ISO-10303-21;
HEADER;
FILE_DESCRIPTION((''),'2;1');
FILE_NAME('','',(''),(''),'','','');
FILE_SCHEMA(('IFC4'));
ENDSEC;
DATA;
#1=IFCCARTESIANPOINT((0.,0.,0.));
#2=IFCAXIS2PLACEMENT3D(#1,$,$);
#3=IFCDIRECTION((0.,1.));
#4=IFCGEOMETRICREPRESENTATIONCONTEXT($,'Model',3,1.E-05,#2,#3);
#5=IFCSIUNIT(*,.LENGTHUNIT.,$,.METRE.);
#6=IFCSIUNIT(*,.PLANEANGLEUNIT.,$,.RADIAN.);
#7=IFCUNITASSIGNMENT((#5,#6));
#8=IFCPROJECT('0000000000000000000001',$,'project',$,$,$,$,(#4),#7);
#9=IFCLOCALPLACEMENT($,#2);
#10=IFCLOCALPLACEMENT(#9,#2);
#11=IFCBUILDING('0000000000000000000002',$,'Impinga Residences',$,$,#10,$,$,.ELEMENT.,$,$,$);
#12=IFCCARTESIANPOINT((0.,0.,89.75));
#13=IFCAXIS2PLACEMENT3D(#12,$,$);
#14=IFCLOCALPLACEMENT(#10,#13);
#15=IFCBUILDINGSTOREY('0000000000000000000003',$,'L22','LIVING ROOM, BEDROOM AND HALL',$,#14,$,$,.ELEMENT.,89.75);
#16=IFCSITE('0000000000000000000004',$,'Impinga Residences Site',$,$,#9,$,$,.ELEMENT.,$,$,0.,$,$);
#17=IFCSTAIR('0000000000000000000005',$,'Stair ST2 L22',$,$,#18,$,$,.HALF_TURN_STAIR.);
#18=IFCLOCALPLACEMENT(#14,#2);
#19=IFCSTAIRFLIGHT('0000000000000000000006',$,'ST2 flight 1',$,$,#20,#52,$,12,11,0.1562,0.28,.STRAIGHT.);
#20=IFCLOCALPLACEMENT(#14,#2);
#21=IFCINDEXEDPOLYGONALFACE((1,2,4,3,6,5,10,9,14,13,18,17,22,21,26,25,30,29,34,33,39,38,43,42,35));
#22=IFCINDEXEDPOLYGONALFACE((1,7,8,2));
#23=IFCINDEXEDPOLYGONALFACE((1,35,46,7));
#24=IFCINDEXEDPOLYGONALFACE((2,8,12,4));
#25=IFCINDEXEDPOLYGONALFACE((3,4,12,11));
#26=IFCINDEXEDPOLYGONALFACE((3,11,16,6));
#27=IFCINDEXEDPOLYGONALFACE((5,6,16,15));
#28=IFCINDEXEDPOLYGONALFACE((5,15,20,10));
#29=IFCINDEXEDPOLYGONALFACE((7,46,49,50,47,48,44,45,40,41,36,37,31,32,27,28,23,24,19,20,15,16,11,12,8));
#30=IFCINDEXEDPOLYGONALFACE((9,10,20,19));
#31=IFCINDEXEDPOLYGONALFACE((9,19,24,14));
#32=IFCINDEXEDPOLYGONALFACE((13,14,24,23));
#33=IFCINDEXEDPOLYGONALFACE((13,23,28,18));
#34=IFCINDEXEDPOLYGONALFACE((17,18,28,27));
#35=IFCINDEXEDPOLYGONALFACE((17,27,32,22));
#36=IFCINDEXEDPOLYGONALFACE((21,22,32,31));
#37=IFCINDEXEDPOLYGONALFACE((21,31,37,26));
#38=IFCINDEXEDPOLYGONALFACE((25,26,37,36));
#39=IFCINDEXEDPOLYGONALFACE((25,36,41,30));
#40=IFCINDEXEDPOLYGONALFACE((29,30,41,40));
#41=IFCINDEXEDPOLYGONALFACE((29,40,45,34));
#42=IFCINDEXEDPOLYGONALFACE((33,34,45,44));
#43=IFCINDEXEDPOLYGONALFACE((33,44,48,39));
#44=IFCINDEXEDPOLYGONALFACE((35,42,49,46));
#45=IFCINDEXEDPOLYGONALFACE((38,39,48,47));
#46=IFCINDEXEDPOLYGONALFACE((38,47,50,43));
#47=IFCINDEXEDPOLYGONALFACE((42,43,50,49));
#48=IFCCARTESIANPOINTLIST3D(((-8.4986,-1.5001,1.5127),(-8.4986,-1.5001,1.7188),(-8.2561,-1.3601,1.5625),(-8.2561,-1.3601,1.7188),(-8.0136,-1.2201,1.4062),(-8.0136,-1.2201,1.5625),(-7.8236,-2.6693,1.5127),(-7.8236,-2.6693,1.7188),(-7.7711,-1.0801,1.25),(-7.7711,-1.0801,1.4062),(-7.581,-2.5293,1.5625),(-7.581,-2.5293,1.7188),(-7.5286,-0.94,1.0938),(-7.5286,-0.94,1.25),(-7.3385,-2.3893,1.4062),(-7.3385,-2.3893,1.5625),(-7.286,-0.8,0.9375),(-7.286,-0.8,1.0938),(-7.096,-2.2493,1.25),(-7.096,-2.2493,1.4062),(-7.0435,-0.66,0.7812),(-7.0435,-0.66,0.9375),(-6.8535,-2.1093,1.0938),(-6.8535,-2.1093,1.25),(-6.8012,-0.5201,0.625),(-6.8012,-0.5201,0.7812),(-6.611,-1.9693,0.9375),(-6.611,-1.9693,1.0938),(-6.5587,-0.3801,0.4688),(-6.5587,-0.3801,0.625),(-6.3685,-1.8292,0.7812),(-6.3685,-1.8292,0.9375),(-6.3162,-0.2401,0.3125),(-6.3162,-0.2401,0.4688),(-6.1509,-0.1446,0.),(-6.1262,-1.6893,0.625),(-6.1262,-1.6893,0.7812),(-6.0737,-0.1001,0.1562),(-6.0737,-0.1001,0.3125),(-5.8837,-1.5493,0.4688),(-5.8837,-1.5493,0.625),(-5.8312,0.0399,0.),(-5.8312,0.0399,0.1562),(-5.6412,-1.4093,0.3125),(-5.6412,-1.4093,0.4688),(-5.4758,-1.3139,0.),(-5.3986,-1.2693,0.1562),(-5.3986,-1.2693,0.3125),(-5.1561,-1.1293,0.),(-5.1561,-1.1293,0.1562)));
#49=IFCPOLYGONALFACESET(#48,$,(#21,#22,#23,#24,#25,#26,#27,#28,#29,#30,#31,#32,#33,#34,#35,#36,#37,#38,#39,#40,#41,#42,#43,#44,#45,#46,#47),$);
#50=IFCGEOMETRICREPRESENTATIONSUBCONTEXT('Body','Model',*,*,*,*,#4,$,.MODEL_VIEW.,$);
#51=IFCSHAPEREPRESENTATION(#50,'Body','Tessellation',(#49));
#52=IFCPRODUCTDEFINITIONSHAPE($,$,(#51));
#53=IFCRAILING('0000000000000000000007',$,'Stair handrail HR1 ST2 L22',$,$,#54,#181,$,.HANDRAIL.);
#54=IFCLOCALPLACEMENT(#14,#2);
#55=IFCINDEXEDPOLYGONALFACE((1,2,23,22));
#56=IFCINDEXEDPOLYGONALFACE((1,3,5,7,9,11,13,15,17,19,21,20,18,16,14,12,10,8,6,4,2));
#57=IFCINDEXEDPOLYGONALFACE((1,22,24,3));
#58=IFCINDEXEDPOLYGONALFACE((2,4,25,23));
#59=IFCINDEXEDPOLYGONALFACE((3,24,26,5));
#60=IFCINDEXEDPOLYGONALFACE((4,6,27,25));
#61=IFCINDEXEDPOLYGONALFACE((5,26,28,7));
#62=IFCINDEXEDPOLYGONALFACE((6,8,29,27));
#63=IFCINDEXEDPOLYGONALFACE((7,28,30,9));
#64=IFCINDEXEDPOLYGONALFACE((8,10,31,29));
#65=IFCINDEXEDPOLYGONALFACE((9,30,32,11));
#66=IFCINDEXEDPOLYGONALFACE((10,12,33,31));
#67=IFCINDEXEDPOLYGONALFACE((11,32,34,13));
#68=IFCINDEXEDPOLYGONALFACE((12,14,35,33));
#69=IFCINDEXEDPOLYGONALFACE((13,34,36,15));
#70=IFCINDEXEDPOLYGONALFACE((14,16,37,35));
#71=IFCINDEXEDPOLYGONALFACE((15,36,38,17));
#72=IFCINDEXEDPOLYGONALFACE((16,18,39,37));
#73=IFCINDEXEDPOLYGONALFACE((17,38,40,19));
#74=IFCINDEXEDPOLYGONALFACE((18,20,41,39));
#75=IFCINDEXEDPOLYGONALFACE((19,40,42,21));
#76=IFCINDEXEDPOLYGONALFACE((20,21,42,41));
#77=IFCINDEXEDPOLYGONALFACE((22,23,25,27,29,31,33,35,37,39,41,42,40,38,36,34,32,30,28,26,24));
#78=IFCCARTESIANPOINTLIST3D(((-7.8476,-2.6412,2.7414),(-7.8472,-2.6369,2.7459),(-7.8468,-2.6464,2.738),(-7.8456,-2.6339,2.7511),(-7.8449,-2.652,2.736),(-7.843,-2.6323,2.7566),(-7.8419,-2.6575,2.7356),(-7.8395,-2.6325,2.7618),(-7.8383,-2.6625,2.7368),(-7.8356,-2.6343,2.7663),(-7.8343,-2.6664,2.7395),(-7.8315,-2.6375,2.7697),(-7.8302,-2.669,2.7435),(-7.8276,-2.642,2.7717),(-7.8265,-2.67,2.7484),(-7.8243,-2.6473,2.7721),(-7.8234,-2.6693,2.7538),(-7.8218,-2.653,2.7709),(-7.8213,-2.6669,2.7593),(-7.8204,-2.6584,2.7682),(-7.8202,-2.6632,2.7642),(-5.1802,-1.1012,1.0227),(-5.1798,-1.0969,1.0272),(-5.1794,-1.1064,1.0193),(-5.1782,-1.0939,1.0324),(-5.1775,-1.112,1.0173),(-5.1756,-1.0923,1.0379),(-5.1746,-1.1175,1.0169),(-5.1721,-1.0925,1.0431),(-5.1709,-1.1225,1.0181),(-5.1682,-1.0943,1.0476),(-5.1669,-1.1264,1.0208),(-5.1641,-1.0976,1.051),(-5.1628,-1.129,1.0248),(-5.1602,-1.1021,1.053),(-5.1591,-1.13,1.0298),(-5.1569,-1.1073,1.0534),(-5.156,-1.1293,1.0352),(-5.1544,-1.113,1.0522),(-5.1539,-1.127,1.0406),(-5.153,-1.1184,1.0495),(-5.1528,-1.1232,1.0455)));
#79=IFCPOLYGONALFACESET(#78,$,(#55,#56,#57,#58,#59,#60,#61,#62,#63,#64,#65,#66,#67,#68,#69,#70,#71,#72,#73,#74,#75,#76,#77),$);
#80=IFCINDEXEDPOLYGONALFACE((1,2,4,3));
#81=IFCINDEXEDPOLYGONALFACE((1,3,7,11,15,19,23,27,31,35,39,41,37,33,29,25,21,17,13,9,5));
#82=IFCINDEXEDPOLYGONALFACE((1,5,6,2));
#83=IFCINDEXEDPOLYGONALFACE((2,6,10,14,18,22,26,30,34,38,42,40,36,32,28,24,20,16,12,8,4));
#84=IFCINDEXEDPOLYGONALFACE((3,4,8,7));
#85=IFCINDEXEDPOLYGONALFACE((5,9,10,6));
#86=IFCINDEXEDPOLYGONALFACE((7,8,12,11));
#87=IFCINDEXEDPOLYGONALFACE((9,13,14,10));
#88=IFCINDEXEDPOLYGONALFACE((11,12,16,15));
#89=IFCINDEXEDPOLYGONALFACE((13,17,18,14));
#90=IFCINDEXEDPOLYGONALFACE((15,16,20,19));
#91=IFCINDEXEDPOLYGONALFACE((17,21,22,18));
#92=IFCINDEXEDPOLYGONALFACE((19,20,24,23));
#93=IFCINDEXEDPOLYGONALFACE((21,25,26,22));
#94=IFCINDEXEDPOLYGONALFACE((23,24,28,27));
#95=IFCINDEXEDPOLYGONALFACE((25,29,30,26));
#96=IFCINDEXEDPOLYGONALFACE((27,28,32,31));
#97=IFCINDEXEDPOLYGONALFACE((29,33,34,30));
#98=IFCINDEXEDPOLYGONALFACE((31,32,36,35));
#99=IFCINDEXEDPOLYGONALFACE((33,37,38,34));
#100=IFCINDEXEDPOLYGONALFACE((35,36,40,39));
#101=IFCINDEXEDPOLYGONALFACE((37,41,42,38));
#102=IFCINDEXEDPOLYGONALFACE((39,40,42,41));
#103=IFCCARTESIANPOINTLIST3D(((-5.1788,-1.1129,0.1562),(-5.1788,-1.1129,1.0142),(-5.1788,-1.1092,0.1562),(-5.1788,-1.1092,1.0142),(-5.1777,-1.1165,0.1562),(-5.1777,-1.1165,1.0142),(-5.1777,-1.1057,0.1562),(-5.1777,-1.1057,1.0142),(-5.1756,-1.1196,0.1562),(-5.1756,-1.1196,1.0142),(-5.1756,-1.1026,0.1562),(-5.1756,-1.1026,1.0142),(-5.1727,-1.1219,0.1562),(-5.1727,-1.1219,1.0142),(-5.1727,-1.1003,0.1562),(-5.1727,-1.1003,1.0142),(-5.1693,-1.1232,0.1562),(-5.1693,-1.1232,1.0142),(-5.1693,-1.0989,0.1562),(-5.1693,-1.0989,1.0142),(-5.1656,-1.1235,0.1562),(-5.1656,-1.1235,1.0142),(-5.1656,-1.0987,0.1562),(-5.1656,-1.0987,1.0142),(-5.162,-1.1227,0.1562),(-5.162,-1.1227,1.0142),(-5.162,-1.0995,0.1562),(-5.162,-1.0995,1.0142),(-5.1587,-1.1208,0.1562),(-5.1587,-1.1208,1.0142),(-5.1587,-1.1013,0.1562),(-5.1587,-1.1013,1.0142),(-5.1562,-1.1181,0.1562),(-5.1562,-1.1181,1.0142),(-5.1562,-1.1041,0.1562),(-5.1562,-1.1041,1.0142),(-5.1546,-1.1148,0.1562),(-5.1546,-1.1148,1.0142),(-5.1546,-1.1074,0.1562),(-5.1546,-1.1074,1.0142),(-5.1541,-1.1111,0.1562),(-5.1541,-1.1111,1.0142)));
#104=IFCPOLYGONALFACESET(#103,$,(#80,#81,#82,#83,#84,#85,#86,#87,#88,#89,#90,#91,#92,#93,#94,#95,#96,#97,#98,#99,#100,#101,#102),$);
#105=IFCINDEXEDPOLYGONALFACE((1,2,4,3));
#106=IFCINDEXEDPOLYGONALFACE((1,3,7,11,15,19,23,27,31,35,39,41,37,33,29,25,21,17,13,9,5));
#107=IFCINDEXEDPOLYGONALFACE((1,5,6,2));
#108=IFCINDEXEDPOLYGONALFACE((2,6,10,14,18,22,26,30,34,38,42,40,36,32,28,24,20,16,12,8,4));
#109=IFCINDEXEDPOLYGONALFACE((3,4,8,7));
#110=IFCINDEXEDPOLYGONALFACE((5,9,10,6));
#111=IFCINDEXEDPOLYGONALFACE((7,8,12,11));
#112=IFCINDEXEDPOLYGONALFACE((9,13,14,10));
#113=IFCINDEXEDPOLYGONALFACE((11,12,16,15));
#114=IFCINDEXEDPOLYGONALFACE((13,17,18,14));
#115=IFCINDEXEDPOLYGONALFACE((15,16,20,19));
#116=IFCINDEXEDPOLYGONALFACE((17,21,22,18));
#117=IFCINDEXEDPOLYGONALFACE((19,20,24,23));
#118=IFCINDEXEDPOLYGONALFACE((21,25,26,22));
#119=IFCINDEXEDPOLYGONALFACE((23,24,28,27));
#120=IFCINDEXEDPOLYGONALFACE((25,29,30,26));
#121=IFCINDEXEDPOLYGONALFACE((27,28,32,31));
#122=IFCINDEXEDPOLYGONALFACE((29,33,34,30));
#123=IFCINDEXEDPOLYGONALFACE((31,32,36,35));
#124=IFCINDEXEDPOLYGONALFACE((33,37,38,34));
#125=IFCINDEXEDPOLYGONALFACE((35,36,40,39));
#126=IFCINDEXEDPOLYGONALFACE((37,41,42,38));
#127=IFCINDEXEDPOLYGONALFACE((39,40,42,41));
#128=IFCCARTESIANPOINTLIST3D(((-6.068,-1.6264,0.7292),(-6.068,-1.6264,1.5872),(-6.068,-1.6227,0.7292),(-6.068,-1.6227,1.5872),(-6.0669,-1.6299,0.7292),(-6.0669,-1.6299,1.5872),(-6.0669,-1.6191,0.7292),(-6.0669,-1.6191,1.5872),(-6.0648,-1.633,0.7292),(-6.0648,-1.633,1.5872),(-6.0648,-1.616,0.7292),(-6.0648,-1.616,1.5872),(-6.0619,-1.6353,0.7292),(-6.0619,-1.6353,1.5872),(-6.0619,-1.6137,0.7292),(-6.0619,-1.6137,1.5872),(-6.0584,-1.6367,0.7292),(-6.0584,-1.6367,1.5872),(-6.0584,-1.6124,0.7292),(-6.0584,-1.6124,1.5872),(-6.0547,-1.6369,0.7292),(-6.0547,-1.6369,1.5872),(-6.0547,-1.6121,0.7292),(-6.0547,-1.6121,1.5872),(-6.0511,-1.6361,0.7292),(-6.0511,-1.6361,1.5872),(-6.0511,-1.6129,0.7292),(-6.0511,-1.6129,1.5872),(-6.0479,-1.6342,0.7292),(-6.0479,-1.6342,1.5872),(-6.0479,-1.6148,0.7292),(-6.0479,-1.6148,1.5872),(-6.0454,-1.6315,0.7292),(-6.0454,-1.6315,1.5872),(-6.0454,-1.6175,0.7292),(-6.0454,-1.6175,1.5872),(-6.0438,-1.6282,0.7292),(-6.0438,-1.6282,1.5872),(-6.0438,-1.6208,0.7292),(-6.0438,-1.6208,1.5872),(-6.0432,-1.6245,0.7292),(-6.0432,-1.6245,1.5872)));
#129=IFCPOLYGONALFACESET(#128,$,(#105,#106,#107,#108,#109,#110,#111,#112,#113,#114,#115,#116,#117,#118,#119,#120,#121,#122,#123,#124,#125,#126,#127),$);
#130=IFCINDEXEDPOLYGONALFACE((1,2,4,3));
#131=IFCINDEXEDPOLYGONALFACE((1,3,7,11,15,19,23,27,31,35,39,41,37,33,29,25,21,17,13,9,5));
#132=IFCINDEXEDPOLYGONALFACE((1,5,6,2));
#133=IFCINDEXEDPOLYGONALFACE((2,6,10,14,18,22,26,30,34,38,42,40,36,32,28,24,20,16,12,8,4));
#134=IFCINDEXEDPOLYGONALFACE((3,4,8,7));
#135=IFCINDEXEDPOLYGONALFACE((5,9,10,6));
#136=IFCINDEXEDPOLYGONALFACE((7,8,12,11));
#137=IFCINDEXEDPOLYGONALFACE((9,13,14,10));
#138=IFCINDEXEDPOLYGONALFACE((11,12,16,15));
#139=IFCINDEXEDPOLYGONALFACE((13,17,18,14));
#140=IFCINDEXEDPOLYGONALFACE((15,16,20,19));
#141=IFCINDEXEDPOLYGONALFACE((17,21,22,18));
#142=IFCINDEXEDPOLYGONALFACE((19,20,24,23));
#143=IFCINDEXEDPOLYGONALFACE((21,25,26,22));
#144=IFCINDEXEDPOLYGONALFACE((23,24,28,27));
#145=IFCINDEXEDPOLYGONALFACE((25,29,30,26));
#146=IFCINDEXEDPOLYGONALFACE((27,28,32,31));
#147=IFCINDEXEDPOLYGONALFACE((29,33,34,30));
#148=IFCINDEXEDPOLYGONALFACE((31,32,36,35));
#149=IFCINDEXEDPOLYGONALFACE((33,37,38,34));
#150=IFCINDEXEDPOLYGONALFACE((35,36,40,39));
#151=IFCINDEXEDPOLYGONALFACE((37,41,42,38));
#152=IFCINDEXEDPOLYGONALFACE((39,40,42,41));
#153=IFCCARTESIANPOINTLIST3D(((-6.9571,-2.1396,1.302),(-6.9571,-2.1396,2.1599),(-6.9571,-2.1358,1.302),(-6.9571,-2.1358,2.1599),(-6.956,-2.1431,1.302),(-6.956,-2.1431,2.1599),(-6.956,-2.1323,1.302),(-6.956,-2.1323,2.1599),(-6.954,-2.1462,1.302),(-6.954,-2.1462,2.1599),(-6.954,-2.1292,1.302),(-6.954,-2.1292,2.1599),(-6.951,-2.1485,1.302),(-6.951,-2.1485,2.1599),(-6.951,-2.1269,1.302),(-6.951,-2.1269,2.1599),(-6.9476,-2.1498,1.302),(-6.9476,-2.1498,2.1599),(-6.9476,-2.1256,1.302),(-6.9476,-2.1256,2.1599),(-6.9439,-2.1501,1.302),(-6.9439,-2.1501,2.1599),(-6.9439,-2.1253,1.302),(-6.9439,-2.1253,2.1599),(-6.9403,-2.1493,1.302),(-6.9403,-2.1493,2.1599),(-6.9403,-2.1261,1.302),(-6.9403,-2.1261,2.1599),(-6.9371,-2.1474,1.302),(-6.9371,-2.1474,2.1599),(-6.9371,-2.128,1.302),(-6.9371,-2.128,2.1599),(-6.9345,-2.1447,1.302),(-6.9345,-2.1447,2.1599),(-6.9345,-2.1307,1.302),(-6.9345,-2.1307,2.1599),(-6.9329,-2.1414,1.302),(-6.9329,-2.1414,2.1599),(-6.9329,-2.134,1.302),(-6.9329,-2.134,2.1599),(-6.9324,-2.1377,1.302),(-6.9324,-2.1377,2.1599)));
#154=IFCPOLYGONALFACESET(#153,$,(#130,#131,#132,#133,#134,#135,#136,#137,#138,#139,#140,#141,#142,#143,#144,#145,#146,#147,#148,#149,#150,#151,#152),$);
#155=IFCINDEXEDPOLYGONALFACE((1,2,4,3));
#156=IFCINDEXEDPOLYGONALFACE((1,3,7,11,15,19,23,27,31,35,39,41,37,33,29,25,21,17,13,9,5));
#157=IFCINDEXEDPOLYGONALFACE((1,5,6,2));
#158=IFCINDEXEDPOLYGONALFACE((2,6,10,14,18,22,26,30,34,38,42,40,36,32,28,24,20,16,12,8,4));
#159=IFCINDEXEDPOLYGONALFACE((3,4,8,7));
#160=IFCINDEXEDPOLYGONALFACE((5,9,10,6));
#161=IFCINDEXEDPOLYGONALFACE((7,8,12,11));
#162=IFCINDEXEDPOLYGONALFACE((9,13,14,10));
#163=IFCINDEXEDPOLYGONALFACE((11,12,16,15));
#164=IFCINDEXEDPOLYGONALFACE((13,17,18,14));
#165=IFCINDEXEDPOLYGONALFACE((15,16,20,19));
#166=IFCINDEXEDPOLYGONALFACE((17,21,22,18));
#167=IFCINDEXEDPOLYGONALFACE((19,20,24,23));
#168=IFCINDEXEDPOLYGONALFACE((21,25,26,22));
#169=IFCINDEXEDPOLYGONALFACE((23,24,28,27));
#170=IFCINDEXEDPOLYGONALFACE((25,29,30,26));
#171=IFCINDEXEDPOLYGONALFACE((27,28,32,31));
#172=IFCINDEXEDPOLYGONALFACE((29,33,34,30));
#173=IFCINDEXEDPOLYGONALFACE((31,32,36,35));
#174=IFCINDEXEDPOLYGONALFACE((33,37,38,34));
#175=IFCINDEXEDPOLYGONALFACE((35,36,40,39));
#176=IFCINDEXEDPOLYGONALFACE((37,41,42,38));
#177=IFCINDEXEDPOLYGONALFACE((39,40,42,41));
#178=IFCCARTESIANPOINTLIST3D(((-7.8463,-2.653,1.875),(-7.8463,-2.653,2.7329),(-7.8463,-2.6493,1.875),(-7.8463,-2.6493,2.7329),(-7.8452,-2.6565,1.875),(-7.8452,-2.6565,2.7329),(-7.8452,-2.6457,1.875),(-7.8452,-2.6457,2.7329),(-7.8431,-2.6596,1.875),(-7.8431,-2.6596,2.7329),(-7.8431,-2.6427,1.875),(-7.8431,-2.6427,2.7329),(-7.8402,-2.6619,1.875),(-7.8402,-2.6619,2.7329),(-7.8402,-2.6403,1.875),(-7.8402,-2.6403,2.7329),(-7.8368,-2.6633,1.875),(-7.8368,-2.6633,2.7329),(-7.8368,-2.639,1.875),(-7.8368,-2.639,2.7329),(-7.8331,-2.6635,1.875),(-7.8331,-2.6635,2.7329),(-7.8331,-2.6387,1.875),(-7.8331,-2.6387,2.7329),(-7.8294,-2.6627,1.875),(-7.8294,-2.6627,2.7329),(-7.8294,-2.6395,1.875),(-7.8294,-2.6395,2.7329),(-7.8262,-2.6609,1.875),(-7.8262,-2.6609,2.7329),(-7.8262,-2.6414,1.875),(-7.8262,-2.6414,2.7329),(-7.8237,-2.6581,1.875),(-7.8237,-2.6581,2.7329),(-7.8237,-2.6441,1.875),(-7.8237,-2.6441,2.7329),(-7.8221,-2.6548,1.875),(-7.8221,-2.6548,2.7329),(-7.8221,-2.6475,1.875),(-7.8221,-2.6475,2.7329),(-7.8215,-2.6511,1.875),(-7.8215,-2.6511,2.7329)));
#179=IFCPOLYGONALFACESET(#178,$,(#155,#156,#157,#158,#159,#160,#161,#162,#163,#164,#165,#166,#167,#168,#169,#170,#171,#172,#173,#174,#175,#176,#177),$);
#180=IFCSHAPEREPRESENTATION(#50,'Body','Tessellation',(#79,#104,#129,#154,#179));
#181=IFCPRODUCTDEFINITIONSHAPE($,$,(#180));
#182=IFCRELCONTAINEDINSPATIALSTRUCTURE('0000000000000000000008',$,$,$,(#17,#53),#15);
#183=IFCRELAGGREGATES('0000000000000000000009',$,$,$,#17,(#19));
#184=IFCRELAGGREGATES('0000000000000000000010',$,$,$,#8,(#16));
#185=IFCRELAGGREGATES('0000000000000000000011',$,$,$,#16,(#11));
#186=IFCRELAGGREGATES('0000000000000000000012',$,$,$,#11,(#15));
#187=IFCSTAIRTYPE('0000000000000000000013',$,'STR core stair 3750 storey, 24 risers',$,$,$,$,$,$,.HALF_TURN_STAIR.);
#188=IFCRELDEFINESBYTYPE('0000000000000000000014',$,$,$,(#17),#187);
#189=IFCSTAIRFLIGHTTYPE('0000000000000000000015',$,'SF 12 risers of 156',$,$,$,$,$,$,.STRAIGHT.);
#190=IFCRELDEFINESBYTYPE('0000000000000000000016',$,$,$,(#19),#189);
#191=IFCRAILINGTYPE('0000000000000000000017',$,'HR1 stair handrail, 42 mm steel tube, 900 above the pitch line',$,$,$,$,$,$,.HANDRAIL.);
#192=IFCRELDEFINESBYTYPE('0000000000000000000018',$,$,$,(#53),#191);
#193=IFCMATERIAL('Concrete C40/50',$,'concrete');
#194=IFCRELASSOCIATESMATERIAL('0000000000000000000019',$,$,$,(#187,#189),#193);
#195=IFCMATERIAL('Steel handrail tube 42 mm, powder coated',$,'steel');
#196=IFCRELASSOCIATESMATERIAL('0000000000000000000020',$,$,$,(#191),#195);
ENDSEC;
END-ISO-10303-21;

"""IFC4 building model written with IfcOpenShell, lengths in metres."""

from ifc_helpers import new_model, si_unit, direction, frame, origin, origin_2d, place, context, subcontext, project, spatial, polyline, circle, outline, extrude, material, type_object, element, aggregate, save


model = new_model("IFC4")

# Units and contexts
model_context = context("Model", 3, precision=1e-05, world=origin(), true_north=direction((0.0, 1.0)))
body_context = subcontext(model_context, "Body", "Model", "MODEL_VIEW")
ifc_project = project(units=[si_unit("LENGTHUNIT", "METRE"), si_unit("PLANEANGLEUNIT", "RADIAN")], contexts=[model_context])

# Site, building, storey
site_placement = place(None, origin())
site = spatial("IfcSite", under=ifc_project, at=site_placement, Name="Impinga Residences Site", CompositionType="ELEMENT", RefElevation=0.0)
building_placement = place(site_placement, origin())
building = spatial("IfcBuilding", under=site, at=building_placement, Name="Impinga Residences", CompositionType="ELEMENT")
storey_placement = place(building_placement, frame((0.0, 0.0, 89.75)))
storey = spatial("IfcBuildingStorey", under=building, at=storey_placement, Name="L22", Description="LIVING ROOM, BEDROOM AND HALL", CompositionType="ELEMENT", Elevation=89.75)

# Stair
ifc_material_1 = material(Name="Concrete C40/50", Category="concrete")
stair_type_1 = type_object("IfcStairType", Name="STR core stair 3750 storey, 24 risers", PredefinedType="HALF_TURN_STAIR", material=ifc_material_1)
stair_1_placement = place(storey_placement, origin())
stair_1 = element("IfcStair", 1, at=stair_1_placement, inside=storey, type_object=stair_type_1, Name="Stair ST2 L22", PredefinedType="HALF_TURN_STAIR")

# Stair flight
stair_flight_type = type_object("IfcStairFlightType", Name="SF 12 risers of 156", PredefinedType="STRAIGHT", material=ifc_material_1)
stair_flight_placement = place(storey_placement, frame((-5.4937, -0.5447, 0.0), z_axis=(0.0, 0.0, 1.0), x_axis=(-0.866025, -0.5, 0.0)))
stair_flight = element("IfcStairFlight", 2, at=stair_flight_placement, type_object=stair_flight_type, Name="ST2 flight 1", NumberOfRisers=12, NumberOfTreads=11, PredefinedType="STRAIGHT", RiserHeight=0.1562, TreadLength=0.28, context=body_context, shape_type="SweptSolid", body=[
    extrude(outline(polyline([(0.0, 0.0), (0.0, 0.1562), (0.28, 0.1562), (0.28, 0.3125), (0.5601, 0.3125), (0.5601, 0.4688), (0.8401, 0.4688), (0.8401, 0.625), (1.1201, 0.625), (1.1201, 0.7812), (1.3999, 0.7812), (1.3999, 0.9375), (1.6799, 0.9375), (1.6799, 1.0938), (1.96, 1.0938), (1.96, 1.25), (2.24, 1.25), (2.24, 1.4062), (2.52, 1.4062), (2.52, 1.5625), (2.8, 1.5625), (2.8, 1.7188), (3.0801, 1.7188), (3.0801, 1.875), (3.0801, 1.5127), (0.3691, 0.0), (0.0, 0.0)])), frame((0.0, 0.675, 0.0), z_axis=(0.0, -1.0, 0.0), x_axis=(1.0, 0.0, 0.0)), (0.0, 0.0, 1.0), 1.3501),
])
aggregate(stair_1, [stair_flight])

# Railing
ifc_material_2 = material(Name="Steel handrail tube 42 mm, powder coated", Category="steel")
railing_type = type_object("IfcRailingType", Name="HR1 stair handrail, 42 mm steel tube, 900 above the pitch line", PredefinedType="HANDRAIL", material=ifc_material_2)
railing_placement = place(storey_placement, frame((-5.1665, -1.1111, 0.1562)))
element("IfcRailing", 3, at=railing_placement, inside=storey, type_object=railing_type, Name="Stair handrail HR1 ST2 L22", PredefinedType="HANDRAIL", context=body_context, shape_type="SweptSolid", body=[
    extrude(circle(Radius=0.021, at=origin_2d()), frame((0.0, 0.0, 0.8789), z_axis=(-0.756256, -0.436616, 0.487282), x_axis=(0.499992, -0.86603, 0.0)), (0.0, 0.0, 1.0), 3.5271),
    extrude(circle(Radius=0.0125, at=origin_2d()), origin(), (0.0, 0.0, 1.0), 0.8579),
    extrude(circle(Radius=0.0125, at=origin_2d()), frame((-0.8892, -0.5134, 0.573)), (0.0, 0.0, 1.0), 0.8579),
    extrude(circle(Radius=0.0125, at=origin_2d()), frame((-1.7783, -1.0266, 1.1458)), (0.0, 0.0, 1.0), 0.8579),
    extrude(circle(Radius=0.0125, at=origin_2d()), frame((-2.6675, -1.54, 1.7188)), (0.0, 0.0, 1.0), 0.8579),
])

save(model, "model.ifc")
